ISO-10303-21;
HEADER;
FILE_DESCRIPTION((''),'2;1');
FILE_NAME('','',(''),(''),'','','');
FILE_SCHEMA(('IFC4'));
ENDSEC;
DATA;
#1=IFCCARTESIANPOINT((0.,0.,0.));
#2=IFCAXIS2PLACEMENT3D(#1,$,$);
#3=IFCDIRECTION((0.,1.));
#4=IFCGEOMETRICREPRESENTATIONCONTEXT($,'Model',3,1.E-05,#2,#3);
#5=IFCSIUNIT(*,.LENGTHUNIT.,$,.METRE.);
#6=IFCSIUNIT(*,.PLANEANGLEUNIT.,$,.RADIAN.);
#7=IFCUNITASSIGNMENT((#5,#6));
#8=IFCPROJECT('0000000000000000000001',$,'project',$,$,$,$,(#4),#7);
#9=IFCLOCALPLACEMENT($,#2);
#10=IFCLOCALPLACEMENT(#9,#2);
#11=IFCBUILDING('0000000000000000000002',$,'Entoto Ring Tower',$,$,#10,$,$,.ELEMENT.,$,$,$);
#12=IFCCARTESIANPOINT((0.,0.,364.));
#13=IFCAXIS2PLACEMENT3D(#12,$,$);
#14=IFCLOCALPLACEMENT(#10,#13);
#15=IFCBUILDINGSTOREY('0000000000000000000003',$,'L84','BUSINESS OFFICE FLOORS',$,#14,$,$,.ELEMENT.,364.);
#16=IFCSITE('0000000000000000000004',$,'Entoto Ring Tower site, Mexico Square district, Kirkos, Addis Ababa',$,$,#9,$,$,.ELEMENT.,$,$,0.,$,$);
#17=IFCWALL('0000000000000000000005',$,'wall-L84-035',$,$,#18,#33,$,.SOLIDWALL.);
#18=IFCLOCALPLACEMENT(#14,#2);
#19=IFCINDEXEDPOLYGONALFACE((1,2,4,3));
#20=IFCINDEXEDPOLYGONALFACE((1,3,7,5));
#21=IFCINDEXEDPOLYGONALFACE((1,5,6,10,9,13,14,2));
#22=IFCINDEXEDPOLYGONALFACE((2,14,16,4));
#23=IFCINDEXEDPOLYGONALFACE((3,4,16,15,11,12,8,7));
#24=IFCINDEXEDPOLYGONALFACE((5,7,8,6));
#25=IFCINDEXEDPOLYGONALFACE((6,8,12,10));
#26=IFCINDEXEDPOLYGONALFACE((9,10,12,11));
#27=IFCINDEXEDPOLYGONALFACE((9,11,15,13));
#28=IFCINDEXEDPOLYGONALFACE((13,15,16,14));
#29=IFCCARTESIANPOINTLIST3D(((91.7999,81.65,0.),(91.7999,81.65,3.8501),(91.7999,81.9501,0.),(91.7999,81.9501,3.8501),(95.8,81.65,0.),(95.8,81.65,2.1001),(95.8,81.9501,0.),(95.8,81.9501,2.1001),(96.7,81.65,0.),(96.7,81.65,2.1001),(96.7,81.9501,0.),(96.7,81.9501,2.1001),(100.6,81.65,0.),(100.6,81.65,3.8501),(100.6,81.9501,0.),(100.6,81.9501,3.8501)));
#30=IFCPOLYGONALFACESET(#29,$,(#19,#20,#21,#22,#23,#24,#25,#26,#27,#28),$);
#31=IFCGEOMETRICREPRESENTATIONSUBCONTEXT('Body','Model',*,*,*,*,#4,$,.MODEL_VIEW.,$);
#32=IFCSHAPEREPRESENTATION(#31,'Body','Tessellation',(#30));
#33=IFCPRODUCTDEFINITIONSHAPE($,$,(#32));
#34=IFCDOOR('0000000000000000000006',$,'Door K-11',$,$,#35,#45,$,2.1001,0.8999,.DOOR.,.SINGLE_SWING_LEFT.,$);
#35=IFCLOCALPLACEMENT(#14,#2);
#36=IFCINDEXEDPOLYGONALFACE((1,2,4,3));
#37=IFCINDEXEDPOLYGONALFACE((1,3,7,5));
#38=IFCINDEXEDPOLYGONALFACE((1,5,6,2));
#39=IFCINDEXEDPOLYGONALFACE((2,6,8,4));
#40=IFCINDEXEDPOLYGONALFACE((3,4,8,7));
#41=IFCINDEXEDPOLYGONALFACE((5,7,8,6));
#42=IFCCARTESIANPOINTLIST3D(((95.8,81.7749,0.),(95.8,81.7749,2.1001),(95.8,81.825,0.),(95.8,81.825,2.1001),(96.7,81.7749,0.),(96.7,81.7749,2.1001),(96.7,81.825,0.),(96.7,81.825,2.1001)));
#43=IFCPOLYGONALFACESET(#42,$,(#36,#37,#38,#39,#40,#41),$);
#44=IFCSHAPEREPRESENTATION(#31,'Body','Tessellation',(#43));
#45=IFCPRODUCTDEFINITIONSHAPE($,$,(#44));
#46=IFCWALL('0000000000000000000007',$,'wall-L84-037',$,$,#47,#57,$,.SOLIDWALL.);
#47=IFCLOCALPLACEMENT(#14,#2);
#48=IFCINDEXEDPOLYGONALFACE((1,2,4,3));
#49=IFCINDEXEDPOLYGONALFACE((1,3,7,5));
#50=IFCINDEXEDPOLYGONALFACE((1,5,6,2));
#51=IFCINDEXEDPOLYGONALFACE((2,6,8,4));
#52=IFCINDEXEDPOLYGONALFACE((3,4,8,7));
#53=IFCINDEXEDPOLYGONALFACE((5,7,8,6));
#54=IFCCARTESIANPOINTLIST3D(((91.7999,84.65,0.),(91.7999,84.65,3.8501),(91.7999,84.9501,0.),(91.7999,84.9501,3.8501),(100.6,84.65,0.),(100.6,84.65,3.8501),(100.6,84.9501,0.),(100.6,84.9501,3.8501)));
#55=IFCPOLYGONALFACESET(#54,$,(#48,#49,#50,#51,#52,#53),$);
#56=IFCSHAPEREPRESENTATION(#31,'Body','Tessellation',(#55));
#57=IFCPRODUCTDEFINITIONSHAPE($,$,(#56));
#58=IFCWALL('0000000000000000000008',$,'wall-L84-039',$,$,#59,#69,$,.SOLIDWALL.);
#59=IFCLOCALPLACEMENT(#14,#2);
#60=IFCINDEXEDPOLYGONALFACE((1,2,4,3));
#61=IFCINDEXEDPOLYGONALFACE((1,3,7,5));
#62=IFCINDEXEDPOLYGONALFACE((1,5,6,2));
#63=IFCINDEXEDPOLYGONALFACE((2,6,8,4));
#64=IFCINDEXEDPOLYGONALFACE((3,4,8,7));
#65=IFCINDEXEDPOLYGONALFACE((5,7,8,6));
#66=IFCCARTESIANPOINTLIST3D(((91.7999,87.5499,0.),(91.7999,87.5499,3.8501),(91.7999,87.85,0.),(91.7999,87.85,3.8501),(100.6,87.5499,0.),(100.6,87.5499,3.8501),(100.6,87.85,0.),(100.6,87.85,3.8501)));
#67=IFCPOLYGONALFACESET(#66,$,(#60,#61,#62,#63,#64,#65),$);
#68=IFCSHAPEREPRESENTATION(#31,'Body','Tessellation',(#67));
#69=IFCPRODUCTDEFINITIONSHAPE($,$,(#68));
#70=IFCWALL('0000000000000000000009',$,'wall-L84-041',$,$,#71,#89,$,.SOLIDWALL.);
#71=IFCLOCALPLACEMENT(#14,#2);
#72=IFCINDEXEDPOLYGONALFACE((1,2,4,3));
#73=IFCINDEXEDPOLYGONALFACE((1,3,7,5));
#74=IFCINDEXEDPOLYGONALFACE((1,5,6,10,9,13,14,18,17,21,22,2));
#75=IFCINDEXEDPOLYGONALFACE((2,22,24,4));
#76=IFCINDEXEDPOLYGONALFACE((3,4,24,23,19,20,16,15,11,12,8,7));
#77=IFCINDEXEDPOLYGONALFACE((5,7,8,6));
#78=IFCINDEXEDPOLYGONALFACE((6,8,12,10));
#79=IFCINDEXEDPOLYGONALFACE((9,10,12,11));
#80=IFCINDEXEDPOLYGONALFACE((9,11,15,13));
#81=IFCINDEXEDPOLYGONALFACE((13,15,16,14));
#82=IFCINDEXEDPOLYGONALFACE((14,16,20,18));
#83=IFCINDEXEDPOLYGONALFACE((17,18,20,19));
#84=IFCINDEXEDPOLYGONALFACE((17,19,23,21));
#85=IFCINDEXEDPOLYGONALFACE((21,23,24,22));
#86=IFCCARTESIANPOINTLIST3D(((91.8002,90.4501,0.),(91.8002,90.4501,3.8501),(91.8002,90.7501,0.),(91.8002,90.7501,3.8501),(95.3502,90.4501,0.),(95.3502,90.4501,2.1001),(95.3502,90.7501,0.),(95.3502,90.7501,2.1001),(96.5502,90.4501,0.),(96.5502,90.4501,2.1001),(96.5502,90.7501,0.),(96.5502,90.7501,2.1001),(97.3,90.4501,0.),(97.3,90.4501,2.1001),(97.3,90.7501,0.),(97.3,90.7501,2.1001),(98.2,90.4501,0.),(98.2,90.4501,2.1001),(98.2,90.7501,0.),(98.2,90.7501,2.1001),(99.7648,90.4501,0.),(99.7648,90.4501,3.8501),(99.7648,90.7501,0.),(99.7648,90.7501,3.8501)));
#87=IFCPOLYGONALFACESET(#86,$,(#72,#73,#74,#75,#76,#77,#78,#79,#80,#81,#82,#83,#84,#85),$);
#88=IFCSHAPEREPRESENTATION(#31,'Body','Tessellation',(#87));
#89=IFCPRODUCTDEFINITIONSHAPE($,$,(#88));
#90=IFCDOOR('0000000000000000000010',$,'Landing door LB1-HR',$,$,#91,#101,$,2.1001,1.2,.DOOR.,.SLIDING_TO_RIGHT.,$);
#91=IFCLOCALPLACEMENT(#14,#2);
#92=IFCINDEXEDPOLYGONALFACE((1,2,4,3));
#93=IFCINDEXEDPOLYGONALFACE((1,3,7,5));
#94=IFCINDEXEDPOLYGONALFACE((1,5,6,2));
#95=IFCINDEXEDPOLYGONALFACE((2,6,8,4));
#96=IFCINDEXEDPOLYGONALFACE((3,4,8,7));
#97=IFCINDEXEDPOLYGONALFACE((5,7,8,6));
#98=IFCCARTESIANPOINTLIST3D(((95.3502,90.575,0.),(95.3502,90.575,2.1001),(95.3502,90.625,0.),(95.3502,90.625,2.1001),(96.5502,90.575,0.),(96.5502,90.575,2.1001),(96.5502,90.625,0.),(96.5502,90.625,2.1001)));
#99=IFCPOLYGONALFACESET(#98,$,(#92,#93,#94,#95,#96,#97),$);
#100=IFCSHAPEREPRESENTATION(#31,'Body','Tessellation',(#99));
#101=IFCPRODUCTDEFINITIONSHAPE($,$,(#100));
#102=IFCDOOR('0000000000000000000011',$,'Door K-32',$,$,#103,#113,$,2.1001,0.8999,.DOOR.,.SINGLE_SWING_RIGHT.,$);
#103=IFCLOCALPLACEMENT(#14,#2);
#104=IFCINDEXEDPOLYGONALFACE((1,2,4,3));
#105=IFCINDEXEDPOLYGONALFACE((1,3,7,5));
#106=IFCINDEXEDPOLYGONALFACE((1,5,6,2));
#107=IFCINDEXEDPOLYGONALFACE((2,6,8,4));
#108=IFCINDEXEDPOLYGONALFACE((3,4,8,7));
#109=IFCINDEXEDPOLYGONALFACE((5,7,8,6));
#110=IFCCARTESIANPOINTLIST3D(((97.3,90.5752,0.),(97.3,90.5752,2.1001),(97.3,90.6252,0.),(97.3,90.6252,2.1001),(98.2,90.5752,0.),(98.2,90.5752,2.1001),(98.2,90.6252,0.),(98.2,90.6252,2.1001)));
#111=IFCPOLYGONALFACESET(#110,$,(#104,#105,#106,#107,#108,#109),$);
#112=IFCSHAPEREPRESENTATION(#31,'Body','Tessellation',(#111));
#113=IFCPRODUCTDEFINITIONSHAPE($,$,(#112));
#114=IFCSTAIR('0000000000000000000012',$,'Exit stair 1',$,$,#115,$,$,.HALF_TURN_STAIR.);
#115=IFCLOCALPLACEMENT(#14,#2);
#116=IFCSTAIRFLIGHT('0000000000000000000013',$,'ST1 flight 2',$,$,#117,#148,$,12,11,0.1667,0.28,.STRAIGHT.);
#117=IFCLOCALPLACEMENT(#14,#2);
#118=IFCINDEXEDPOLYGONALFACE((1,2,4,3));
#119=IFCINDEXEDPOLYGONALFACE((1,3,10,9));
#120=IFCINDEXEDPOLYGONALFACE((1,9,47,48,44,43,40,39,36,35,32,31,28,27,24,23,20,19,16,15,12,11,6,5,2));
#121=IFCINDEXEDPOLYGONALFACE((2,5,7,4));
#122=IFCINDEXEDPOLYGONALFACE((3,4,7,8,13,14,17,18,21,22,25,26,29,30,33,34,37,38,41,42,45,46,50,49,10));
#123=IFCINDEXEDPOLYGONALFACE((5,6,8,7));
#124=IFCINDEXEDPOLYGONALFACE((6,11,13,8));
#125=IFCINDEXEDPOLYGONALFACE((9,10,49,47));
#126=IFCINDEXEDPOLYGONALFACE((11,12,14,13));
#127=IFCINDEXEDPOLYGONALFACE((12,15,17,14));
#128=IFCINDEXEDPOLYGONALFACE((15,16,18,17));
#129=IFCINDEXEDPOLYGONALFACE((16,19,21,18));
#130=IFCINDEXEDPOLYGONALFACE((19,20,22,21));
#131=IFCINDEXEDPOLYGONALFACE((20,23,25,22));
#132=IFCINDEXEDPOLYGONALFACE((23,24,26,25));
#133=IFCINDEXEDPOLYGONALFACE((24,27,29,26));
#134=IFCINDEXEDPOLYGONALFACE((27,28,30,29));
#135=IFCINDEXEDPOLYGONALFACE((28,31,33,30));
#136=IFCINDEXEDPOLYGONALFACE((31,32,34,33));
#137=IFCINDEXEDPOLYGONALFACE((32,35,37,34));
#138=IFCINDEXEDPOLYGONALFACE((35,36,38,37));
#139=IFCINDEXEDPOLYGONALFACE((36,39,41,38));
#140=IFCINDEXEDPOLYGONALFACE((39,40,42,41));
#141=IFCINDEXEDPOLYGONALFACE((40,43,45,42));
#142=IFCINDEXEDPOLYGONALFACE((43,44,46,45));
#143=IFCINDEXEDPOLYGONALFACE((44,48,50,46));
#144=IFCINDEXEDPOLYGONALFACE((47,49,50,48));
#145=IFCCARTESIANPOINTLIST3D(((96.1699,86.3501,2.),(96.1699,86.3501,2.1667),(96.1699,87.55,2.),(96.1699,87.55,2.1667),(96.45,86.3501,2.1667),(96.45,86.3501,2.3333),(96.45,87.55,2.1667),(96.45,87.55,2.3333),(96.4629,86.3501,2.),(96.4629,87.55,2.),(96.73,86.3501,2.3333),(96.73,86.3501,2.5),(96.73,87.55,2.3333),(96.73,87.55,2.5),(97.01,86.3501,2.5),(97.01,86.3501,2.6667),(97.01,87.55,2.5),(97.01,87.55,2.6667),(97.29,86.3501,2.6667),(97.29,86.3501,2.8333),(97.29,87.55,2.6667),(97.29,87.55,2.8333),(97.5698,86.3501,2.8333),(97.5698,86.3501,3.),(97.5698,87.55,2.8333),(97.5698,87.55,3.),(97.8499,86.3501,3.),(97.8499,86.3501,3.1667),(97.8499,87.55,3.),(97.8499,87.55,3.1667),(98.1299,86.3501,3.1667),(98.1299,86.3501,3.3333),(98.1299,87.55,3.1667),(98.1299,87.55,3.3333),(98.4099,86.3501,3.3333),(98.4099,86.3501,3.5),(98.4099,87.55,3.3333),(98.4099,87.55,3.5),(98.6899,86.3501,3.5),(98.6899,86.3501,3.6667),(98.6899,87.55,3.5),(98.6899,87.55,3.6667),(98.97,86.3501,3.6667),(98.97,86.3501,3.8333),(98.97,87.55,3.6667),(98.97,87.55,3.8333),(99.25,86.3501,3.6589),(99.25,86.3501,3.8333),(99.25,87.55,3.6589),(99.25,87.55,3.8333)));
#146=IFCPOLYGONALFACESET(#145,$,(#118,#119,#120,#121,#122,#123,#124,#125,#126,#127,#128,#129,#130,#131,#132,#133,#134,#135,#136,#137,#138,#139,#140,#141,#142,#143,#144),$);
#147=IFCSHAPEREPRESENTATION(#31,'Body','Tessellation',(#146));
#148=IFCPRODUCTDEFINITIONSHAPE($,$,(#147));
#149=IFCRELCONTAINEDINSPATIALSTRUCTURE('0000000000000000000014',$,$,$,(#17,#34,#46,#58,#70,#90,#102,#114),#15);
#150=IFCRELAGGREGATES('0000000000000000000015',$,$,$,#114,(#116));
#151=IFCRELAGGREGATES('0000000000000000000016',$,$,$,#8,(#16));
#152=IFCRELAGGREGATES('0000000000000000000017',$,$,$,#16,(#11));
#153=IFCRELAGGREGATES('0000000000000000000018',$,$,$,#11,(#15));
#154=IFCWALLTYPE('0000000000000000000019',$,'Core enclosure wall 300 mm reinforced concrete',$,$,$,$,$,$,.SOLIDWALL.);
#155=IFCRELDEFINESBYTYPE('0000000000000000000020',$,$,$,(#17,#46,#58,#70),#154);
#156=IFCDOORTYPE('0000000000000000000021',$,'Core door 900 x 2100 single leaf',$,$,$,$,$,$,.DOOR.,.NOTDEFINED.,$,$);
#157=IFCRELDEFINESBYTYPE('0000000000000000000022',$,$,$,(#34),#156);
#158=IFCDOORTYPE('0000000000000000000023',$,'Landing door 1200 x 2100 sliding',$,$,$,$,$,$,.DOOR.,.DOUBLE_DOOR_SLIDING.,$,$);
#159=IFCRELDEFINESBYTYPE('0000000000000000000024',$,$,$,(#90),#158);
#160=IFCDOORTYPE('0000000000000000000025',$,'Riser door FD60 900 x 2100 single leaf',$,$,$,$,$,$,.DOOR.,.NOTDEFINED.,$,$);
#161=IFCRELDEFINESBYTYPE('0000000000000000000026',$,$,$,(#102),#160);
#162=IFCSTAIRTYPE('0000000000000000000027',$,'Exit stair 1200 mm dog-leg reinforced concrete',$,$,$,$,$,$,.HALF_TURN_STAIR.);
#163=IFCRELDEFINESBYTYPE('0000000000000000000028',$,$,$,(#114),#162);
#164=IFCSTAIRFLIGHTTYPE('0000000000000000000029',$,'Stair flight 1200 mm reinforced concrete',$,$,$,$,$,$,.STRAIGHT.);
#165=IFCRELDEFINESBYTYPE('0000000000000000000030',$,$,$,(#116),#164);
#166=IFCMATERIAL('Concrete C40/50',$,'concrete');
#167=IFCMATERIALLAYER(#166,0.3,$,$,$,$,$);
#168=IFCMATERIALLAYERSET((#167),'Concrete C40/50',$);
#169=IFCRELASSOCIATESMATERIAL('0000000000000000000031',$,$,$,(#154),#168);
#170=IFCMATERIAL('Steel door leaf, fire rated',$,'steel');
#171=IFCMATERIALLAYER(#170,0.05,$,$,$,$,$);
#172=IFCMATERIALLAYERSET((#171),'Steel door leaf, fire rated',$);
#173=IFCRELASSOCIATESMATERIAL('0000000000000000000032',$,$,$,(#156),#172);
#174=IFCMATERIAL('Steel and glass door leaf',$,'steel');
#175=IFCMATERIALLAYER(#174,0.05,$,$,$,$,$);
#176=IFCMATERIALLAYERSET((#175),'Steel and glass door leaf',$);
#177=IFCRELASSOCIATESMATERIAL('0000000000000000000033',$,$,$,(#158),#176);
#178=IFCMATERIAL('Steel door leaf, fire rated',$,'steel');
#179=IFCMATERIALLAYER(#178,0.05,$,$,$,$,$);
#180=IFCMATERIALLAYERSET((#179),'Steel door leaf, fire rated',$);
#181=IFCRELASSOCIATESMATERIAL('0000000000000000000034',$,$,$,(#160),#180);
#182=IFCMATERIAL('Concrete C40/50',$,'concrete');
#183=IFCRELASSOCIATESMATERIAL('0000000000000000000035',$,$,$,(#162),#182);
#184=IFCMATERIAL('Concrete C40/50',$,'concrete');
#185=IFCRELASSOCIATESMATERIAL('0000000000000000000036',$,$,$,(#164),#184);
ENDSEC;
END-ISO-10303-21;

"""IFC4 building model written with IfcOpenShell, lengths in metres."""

from ifc_helpers import new_model, si_unit, direction, frame, frame_2d, origin, place, context, subcontext, project, spatial, polyline, rectangle, outline, extrude, material, layer, layer_set, type_object, element, fill, aggregate, save


model = new_model("IFC4")

# Units and contexts
model_context = context("Model", 3, precision=1e-05, world=origin(), true_north=direction((0.0, 1.0)))
body_context = subcontext(model_context, "Body", "Model", "MODEL_VIEW")
ifc_project = project(units=[si_unit("LENGTHUNIT", "METRE"), si_unit("PLANEANGLEUNIT", "RADIAN")], contexts=[model_context])

# Site, building, storey
site_placement = place(None, origin())
site = spatial("IfcSite", under=ifc_project, at=site_placement, Name="Entoto Ring Tower site, Mexico Square district, Kirkos, Addis Ababa", CompositionType="ELEMENT", RefElevation=0.0)
building_placement = place(site_placement, origin())
building = spatial("IfcBuilding", under=site, at=building_placement, Name="Entoto Ring Tower", CompositionType="ELEMENT")
storey_placement = place(building_placement, frame((0.0, 0.0, 364.0)))
storey = spatial("IfcBuildingStorey", under=building, at=storey_placement, Name="L84", Description="BUSINESS OFFICE FLOORS", CompositionType="ELEMENT", Elevation=364.0)

# Shared definitions
ifc_material_1 = material(Name="Concrete C40/50", Category="concrete")
ifc_layer_1 = layer(ifc_material_1, 0.3)
ifc_layer_set_1 = layer_set([ifc_layer_1], Name="Concrete C40/50")
wall_type = type_object("IfcWallType", Name="Core enclosure wall 300 mm reinforced concrete", PredefinedType="SOLIDWALL", material=ifc_layer_set_1)

# Shared definitions
ifc_material_2 = material(Name="Steel door leaf, fire rated", Category="steel")
ifc_layer_2 = layer(ifc_material_2, 0.05)
ifc_layer_set_2 = layer_set([ifc_layer_2], Name="Steel door leaf, fire rated")
door_type_1 = type_object("IfcDoorType", Name="Core door 900 x 2100 single leaf", OperationType="NOTDEFINED", PredefinedType="DOOR", material=ifc_layer_set_2)
ifc_material_3 = material(Name="Steel and glass door leaf", Category="steel")
ifc_layer_3 = layer(ifc_material_3, 0.05)
ifc_layer_set_3 = layer_set([ifc_layer_3], Name="Steel and glass door leaf")
door_type_2 = type_object("IfcDoorType", Name="Landing door 1200 x 2100 sliding", OperationType="DOUBLE_DOOR_SLIDING", PredefinedType="DOOR", material=ifc_layer_set_3)

# Wall, opening, door
wall_1_placement = place(storey_placement, frame((91.8, 81.8, 0.0), z_axis=(0.0, 0.0, 1.0), x_axis=(1.0, 0.0, 0.0)))
wall_1 = element("IfcWall", 1, at=wall_1_placement, inside=storey, type_object=wall_type, Name="wall-L84-035", PredefinedType="SOLIDWALL", context=body_context, shape_type="SweptSolid", body=[
    extrude(rectangle(XDim=8.8, YDim=0.3, at=frame_2d((4.3999, 0.0))), origin(), (0.0, 0.0, 1.0), 3.8501),
])
opening_1_placement = place(wall_1_placement, frame((4.0, 0.0, 0.0)))
opening_1 = element("IfcOpeningElement", 2, at=opening_1_placement, cuts=wall_1, PredefinedType="OPENING", context=body_context, shape_type="SweptSolid", body=[
    extrude(rectangle(XDim=0.8999, YDim=2.1001, at=frame_2d((0.45, 1.05))), frame((0.0, 0.1602, 0.0), z_axis=(0.0, -1.0, 0.0), x_axis=(1.0, 0.0, 0.0)), (0.0, 0.0, 1.0), 0.3201),
])
door_1_placement = place(opening_1_placement, origin())
door_1 = element("IfcDoor", 3, at=door_1_placement, inside=storey, type_object=door_type_1, Name="Door K-11", OperationType="SINGLE_SWING_LEFT", OverallHeight=2.1001, OverallWidth=0.8999, PredefinedType="DOOR", context=body_context, shape_type="SweptSolid", body=[
    extrude(rectangle(XDim=0.8999, YDim=2.1001, at=frame_2d((0.45, 1.05))), frame((0.0, 0.0249, 0.0), z_axis=(0.0, -1.0, 0.0), x_axis=(1.0, 0.0, 0.0)), (0.0, 0.0, 1.0), 0.05),
])
fill(opening_1, door_1)

# Walls
for number, where, z_axis, x_axis, name in (
    (4, (91.8, 84.8, 0.0), (0.0, 0.0, 1.0), (1.0, 0.0, 0.0), "wall-L84-037"),
    (5, (91.8, 87.7, 0.0), (0.0, 0.0, 1.0), (1.0, 0.0, 0.0), "wall-L84-039"),
):
    element("IfcWall", number, at=place(storey_placement, frame(where, z_axis=z_axis, x_axis=x_axis)), inside=storey, type_object=wall_type, Name=name, PredefinedType="SOLIDWALL", context=body_context, shape_type="SweptSolid", body=[
        extrude(rectangle(XDim=8.8, YDim=0.3, at=frame_2d((4.3999, 0.0))), origin(), (0.0, 0.0, 1.0), 3.8501),
    ])

# Wall, openings, doors
wall_2_placement = place(storey_placement, frame((91.8, 90.6001, 0.0), z_axis=(0.0, 0.0, 1.0), x_axis=(1.0, 0.0, 0.0)))
wall_2 = element("IfcWall", 6, at=wall_2_placement, inside=storey, type_object=wall_type, Name="wall-L84-041", PredefinedType="SOLIDWALL", context=body_context, shape_type="SweptSolid", body=[
    extrude(rectangle(XDim=7.9646, YDim=0.3, at=frame_2d((3.9824, 0.0))), origin(), (0.0, 0.0, 1.0), 3.8501),
])
opening_2_placement = place(wall_2_placement, frame((3.55, 0.0, 0.0)))
opening_2 = element("IfcOpeningElement", 7, at=opening_2_placement, cuts=wall_2, PredefinedType="OPENING", context=body_context, shape_type="SweptSolid", body=[
    extrude(rectangle(XDim=1.2, YDim=2.1001, at=frame_2d((0.6001, 1.05))), frame((0.0, 0.1602, 0.0), z_axis=(0.0, -1.0, 0.0), x_axis=(1.0, 0.0, 0.0)), (0.0, 0.0, 1.0), 0.3201),
])
opening_3_placement = place(wall_2_placement, frame((5.5, 0.0, 0.0)))
opening_3 = element("IfcOpeningElement", 8, at=opening_3_placement, cuts=wall_2, PredefinedType="OPENING", context=body_context, shape_type="SweptSolid", body=[
    extrude(rectangle(XDim=0.8999, YDim=2.1001, at=frame_2d((0.45, 1.05))), frame((0.0, 0.1602, 0.0), z_axis=(0.0, -1.0, 0.0), x_axis=(1.0, 0.0, 0.0)), (0.0, 0.0, 1.0), 0.3201),
])
door_2_placement = place(opening_2_placement, origin())
door_2 = element("IfcDoor", 9, at=door_2_placement, inside=storey, type_object=door_type_2, Name="Landing door LB1-HR", OperationType="SLIDING_TO_RIGHT", OverallHeight=2.1001, OverallWidth=1.2, PredefinedType="DOOR", context=body_context, shape_type="SweptSolid", body=[
    extrude(rectangle(XDim=1.2, YDim=2.1001, at=frame_2d((0.6001, 1.05))), frame((0.0, 0.0249, 0.0), z_axis=(0.0, -1.0, 0.0), x_axis=(1.0, 0.0, 0.0)), (0.0, 0.0, 1.0), 0.05),
])
fill(opening_2, door_2)
ifc_material_4 = material(Name="Steel door leaf, fire rated", Category="steel")
ifc_layer_4 = layer(ifc_material_4, 0.05)
ifc_layer_set_4 = layer_set([ifc_layer_4], Name="Steel door leaf, fire rated")
door_type_3 = type_object("IfcDoorType", Name="Riser door FD60 900 x 2100 single leaf", OperationType="NOTDEFINED", PredefinedType="DOOR", material=ifc_layer_set_4)
door_3_placement = place(opening_3_placement, frame((0.8999, 0.0, 0.0), z_axis=(0.0, 0.0, 1.0), x_axis=(-1.0, 0.0, 0.0)))
door_3 = element("IfcDoor", 10, at=door_3_placement, inside=storey, type_object=door_type_3, Name="Door K-32", OperationType="SINGLE_SWING_RIGHT", OverallHeight=2.1001, OverallWidth=0.8999, PredefinedType="DOOR", context=body_context, shape_type="SweptSolid", body=[
    extrude(rectangle(XDim=0.8999, YDim=2.1001, at=frame_2d((0.45, 1.05))), frame((0.0, 0.0249, 0.0), z_axis=(0.0, -1.0, 0.0), x_axis=(1.0, 0.0, 0.0)), (0.0, 0.0, 1.0), 0.05),
])
fill(opening_3, door_3)

# Stair, stair flight
ifc_material_5 = material(Name="Concrete C40/50", Category="concrete")
stair_type = type_object("IfcStairType", Name="Exit stair 1200 mm dog-leg reinforced concrete", PredefinedType="HALF_TURN_STAIR", material=ifc_material_5)
stair_placement = place(storey_placement, origin())
stair = element("IfcStair", 11, at=stair_placement, inside=storey, type_object=stair_type, Name="Exit stair 1", PredefinedType="HALF_TURN_STAIR")
ifc_material_6 = material(Name="Concrete C40/50", Category="concrete")
stair_flight_type = type_object("IfcStairFlightType", Name="Stair flight 1200 mm reinforced concrete", PredefinedType="STRAIGHT", material=ifc_material_6)
stair_flight_placement = place(storey_placement, frame((96.1699, 86.95, 2.0), z_axis=(0.0, 0.0, 1.0), x_axis=(1.0, 0.0, 0.0)))
stair_flight = element("IfcStairFlight", 12, at=stair_flight_placement, type_object=stair_flight_type, Name="ST1 flight 2", NumberOfRisers=12, NumberOfTreads=11, PredefinedType="STRAIGHT", RiserHeight=0.1667, TreadLength=0.28, context=body_context, shape_type="SweptSolid", body=[
    extrude(outline(polyline([(0.0, 0.0), (0.0, 0.1667), (0.28, 0.1667), (0.28, 0.3333), (0.5601, 0.3333), (0.5601, 0.5), (0.8401, 0.5), (0.8401, 0.6667), (1.1201, 0.6667), (1.1201, 0.8333), (1.3999, 0.8333), (1.3999, 1.0), (1.6799, 1.0), (1.6799, 1.1667), (1.96, 1.1667), (1.96, 1.3333), (2.24, 1.3333), (2.24, 1.5), (2.52, 1.5), (2.52, 1.6667), (2.8, 1.6667), (2.8, 1.8333), (3.0801, 1.8333), (3.0801, 2.0), (3.0801, 1.6589), (0.293, 0.0), (0.0, 0.0)])), frame((0.0, 0.6001, 0.0), z_axis=(0.0, -1.0, 0.0), x_axis=(1.0, 0.0, 0.0)), (0.0, 0.0, 1.0), 1.2),
])
aggregate(stair, [stair_flight])

save(model, "model.ifc")
